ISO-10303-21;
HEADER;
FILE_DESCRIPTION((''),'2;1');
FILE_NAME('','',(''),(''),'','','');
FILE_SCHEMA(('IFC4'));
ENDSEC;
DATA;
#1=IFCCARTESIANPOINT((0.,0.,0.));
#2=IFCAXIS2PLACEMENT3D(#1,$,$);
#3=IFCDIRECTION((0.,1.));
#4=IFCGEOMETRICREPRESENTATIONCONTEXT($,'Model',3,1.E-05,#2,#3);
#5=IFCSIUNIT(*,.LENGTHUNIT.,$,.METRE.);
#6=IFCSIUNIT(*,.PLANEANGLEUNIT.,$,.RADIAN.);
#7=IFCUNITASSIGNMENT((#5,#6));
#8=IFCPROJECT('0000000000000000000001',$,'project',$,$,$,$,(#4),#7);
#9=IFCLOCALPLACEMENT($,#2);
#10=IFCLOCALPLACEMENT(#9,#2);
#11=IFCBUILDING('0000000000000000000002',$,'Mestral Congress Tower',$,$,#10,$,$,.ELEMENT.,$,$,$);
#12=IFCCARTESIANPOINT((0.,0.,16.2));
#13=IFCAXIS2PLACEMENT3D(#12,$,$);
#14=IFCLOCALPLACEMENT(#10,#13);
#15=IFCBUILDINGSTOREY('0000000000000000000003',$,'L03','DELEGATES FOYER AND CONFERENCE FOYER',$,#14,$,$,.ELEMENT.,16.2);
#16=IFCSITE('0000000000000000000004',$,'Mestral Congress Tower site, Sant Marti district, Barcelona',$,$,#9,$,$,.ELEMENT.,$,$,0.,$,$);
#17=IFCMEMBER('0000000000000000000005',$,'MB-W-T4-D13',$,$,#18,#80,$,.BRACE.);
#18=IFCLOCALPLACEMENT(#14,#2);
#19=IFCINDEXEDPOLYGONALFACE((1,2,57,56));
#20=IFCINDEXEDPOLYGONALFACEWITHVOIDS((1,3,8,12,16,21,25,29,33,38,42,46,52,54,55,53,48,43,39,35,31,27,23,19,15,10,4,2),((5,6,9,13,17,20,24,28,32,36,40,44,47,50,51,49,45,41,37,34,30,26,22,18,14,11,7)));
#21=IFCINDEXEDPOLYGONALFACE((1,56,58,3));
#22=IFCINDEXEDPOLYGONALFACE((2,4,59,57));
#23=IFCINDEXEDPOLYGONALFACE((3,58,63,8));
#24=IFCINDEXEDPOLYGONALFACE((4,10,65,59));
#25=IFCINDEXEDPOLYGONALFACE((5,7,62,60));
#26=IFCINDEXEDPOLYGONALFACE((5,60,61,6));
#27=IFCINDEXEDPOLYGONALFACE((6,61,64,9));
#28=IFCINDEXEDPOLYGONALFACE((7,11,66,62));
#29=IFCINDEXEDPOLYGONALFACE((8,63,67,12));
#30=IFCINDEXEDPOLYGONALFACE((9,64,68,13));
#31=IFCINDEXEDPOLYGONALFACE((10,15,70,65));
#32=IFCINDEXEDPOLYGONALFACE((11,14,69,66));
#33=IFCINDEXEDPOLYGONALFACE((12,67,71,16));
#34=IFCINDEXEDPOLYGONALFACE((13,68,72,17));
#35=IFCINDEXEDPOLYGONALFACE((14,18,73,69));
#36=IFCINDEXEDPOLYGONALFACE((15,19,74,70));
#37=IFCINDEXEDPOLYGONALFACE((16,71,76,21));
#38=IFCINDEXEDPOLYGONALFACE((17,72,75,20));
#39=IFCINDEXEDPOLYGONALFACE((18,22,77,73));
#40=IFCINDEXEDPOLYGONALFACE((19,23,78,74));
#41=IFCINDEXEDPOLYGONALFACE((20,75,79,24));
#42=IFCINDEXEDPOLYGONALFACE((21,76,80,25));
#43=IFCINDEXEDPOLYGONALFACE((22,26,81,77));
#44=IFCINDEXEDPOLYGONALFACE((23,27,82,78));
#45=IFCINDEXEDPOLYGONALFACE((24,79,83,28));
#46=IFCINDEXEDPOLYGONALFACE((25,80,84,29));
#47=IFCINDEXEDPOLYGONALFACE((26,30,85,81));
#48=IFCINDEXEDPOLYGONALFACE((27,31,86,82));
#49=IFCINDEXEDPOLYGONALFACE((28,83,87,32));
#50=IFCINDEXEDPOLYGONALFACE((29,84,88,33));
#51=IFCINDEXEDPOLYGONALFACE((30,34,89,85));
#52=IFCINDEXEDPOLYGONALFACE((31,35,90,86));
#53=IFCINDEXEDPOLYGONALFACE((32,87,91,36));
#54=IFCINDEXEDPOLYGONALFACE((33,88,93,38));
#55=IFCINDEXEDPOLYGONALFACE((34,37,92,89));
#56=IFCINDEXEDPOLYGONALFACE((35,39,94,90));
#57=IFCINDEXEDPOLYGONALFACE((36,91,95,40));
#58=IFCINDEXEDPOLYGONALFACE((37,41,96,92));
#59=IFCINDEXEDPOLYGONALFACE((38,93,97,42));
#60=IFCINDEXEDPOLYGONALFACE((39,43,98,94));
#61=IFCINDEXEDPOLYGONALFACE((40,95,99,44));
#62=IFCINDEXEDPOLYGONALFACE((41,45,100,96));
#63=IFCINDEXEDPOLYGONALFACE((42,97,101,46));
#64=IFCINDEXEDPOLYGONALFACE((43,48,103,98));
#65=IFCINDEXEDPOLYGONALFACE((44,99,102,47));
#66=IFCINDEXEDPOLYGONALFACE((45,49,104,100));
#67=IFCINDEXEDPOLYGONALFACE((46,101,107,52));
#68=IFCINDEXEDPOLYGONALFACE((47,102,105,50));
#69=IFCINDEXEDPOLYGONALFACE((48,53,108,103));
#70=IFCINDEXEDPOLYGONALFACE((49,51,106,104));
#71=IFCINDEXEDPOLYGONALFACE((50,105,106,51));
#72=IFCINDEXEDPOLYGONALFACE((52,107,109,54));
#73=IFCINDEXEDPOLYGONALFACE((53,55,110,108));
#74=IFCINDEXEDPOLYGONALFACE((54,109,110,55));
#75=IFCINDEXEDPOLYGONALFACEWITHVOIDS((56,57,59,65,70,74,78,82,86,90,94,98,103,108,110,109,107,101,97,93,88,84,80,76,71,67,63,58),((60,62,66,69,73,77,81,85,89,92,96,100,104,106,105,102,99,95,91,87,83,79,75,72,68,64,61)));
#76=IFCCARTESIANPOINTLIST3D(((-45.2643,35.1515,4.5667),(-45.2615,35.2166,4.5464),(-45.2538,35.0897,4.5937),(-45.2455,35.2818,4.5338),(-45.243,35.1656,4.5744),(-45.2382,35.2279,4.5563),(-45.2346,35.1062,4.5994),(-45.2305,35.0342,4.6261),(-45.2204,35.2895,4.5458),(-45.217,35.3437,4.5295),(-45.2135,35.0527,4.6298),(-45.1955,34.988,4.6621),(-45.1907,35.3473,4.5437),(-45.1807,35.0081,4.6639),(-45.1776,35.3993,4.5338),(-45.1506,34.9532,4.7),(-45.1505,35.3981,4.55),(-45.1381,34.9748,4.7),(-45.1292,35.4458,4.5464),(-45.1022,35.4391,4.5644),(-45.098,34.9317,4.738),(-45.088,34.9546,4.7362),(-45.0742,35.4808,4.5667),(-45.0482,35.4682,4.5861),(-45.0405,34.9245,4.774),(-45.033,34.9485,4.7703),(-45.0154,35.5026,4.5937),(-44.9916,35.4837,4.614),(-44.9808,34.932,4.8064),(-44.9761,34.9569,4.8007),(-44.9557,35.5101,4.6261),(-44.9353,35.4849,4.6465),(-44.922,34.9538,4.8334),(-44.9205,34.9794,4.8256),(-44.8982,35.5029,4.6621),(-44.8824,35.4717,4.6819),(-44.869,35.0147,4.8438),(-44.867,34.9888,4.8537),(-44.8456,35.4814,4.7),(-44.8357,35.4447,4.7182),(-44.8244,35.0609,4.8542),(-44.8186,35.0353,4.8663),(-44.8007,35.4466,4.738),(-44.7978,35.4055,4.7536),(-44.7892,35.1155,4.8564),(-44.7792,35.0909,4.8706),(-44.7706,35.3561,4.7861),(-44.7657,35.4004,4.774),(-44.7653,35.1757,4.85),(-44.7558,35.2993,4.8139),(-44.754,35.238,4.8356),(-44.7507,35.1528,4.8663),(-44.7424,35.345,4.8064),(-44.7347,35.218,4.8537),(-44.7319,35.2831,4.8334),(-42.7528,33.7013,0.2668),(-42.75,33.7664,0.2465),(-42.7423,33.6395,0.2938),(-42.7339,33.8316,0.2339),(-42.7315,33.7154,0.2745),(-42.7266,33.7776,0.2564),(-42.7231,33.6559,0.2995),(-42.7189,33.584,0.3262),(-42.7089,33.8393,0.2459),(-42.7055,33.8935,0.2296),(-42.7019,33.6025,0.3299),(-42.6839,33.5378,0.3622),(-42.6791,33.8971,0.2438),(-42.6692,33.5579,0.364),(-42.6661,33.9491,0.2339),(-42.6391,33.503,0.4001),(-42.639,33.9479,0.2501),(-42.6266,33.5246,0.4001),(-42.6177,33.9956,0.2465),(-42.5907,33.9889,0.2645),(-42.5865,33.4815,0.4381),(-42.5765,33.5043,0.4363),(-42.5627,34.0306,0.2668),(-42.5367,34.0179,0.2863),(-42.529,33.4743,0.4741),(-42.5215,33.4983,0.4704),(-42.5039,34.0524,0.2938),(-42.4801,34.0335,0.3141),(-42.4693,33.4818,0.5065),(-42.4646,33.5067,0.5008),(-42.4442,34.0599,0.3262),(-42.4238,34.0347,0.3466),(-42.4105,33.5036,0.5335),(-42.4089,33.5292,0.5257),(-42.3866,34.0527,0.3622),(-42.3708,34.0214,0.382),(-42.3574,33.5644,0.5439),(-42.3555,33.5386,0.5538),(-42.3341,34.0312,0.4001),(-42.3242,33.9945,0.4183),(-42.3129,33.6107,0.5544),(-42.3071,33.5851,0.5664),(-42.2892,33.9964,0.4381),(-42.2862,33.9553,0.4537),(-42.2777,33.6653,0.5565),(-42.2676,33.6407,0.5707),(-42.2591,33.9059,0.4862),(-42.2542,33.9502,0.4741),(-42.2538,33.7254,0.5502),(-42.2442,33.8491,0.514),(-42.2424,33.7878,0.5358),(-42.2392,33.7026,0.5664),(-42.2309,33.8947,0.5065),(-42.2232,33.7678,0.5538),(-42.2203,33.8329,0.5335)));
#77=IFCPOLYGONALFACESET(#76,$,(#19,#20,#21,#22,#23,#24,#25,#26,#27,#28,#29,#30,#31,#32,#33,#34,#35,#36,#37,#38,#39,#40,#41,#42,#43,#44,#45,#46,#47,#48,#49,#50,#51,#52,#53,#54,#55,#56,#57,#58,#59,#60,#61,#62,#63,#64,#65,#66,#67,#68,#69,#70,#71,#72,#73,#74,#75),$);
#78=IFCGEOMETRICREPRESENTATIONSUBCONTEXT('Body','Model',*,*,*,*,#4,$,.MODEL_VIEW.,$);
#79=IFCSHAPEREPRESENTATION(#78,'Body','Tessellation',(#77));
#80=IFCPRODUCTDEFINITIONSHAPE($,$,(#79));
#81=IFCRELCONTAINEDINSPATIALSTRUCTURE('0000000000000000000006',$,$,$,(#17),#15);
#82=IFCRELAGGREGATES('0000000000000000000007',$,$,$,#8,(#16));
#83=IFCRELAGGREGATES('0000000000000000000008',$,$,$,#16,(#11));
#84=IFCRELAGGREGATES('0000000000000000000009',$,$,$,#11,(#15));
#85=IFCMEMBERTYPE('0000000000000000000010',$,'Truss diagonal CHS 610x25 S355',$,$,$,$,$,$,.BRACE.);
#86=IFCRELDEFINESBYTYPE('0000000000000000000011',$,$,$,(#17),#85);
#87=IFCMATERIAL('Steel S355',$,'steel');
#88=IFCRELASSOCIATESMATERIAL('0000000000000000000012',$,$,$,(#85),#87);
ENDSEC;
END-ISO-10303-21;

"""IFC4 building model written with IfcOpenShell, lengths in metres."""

from ifc_helpers import new_model, si_unit, direction, frame, origin, origin_2d, place, context, subcontext, project, spatial, hollow_circle, extrude, material, material_profile, profile_set, type_object, element, save


model = new_model("IFC4")

# Units and contexts
model_context = context("Model", 3, precision=1e-05, world=origin(), true_north=direction((0.0, 1.0)))
body_context = subcontext(model_context, "Body", "Model", "MODEL_VIEW")
ifc_project = project(units=[si_unit("LENGTHUNIT", "METRE"), si_unit("PLANEANGLEUNIT", "RADIAN")], contexts=[model_context])

# Site, building, storey
site_placement = place(None, origin())
site = spatial("IfcSite", under=ifc_project, at=site_placement, Name="Mestral Congress Tower site, Sant Marti district, Barcelona", CompositionType="ELEMENT", RefElevation=0.0)
building_placement = place(site_placement, origin())
building = spatial("IfcBuilding", under=site, at=building_placement, Name="Mestral Congress Tower", CompositionType="ELEMENT")
storey_placement = place(building_placement, frame((0.0, 0.0, 16.2)))
storey = spatial("IfcBuildingStorey", under=building, at=storey_placement, Name="L03", Description="DELEGATES FOYER AND CONFERENCE FOYER", CompositionType="ELEMENT", Elevation=16.2)

# Member
ifc_material = material(Name="Steel S355", Category="steel")
ifc_material_profile_1 = material_profile(ifc_material, hollow_circle(Radius=0.3049, WallThickness=0.0249, at=origin_2d()), Name="CHS 610x25")
ifc_profile_set_1 = profile_set([ifc_material_profile_1], Name="Steel S355")
member_type_1 = type_object("IfcMemberType", Name="Truss diagonal CHS 610x25 S355", PredefinedType="BRACE", material=ifc_profile_set_1)
member_1_placement = place(storey_placement, frame((-42.4866, 33.7671, 0.4001), z_axis=(-0.484241, 0.279614, 0.829052), x_axis=(-0.50005, -0.865996, 0.0)))
element("IfcMember", 1, at=member_1_placement, inside=storey, type_object=member_type_1, Name="MB-W-T4-D13", PredefinedType="BRACE", context=body_context, shape_type="SweptSolid", body=[
    extrude(hollow_circle(Radius=0.3049, WallThickness=0.0249, at=origin_2d()), origin(), (0.0, 0.0, 1.0), 5.1865),
])

save(model, "model.ifc")
